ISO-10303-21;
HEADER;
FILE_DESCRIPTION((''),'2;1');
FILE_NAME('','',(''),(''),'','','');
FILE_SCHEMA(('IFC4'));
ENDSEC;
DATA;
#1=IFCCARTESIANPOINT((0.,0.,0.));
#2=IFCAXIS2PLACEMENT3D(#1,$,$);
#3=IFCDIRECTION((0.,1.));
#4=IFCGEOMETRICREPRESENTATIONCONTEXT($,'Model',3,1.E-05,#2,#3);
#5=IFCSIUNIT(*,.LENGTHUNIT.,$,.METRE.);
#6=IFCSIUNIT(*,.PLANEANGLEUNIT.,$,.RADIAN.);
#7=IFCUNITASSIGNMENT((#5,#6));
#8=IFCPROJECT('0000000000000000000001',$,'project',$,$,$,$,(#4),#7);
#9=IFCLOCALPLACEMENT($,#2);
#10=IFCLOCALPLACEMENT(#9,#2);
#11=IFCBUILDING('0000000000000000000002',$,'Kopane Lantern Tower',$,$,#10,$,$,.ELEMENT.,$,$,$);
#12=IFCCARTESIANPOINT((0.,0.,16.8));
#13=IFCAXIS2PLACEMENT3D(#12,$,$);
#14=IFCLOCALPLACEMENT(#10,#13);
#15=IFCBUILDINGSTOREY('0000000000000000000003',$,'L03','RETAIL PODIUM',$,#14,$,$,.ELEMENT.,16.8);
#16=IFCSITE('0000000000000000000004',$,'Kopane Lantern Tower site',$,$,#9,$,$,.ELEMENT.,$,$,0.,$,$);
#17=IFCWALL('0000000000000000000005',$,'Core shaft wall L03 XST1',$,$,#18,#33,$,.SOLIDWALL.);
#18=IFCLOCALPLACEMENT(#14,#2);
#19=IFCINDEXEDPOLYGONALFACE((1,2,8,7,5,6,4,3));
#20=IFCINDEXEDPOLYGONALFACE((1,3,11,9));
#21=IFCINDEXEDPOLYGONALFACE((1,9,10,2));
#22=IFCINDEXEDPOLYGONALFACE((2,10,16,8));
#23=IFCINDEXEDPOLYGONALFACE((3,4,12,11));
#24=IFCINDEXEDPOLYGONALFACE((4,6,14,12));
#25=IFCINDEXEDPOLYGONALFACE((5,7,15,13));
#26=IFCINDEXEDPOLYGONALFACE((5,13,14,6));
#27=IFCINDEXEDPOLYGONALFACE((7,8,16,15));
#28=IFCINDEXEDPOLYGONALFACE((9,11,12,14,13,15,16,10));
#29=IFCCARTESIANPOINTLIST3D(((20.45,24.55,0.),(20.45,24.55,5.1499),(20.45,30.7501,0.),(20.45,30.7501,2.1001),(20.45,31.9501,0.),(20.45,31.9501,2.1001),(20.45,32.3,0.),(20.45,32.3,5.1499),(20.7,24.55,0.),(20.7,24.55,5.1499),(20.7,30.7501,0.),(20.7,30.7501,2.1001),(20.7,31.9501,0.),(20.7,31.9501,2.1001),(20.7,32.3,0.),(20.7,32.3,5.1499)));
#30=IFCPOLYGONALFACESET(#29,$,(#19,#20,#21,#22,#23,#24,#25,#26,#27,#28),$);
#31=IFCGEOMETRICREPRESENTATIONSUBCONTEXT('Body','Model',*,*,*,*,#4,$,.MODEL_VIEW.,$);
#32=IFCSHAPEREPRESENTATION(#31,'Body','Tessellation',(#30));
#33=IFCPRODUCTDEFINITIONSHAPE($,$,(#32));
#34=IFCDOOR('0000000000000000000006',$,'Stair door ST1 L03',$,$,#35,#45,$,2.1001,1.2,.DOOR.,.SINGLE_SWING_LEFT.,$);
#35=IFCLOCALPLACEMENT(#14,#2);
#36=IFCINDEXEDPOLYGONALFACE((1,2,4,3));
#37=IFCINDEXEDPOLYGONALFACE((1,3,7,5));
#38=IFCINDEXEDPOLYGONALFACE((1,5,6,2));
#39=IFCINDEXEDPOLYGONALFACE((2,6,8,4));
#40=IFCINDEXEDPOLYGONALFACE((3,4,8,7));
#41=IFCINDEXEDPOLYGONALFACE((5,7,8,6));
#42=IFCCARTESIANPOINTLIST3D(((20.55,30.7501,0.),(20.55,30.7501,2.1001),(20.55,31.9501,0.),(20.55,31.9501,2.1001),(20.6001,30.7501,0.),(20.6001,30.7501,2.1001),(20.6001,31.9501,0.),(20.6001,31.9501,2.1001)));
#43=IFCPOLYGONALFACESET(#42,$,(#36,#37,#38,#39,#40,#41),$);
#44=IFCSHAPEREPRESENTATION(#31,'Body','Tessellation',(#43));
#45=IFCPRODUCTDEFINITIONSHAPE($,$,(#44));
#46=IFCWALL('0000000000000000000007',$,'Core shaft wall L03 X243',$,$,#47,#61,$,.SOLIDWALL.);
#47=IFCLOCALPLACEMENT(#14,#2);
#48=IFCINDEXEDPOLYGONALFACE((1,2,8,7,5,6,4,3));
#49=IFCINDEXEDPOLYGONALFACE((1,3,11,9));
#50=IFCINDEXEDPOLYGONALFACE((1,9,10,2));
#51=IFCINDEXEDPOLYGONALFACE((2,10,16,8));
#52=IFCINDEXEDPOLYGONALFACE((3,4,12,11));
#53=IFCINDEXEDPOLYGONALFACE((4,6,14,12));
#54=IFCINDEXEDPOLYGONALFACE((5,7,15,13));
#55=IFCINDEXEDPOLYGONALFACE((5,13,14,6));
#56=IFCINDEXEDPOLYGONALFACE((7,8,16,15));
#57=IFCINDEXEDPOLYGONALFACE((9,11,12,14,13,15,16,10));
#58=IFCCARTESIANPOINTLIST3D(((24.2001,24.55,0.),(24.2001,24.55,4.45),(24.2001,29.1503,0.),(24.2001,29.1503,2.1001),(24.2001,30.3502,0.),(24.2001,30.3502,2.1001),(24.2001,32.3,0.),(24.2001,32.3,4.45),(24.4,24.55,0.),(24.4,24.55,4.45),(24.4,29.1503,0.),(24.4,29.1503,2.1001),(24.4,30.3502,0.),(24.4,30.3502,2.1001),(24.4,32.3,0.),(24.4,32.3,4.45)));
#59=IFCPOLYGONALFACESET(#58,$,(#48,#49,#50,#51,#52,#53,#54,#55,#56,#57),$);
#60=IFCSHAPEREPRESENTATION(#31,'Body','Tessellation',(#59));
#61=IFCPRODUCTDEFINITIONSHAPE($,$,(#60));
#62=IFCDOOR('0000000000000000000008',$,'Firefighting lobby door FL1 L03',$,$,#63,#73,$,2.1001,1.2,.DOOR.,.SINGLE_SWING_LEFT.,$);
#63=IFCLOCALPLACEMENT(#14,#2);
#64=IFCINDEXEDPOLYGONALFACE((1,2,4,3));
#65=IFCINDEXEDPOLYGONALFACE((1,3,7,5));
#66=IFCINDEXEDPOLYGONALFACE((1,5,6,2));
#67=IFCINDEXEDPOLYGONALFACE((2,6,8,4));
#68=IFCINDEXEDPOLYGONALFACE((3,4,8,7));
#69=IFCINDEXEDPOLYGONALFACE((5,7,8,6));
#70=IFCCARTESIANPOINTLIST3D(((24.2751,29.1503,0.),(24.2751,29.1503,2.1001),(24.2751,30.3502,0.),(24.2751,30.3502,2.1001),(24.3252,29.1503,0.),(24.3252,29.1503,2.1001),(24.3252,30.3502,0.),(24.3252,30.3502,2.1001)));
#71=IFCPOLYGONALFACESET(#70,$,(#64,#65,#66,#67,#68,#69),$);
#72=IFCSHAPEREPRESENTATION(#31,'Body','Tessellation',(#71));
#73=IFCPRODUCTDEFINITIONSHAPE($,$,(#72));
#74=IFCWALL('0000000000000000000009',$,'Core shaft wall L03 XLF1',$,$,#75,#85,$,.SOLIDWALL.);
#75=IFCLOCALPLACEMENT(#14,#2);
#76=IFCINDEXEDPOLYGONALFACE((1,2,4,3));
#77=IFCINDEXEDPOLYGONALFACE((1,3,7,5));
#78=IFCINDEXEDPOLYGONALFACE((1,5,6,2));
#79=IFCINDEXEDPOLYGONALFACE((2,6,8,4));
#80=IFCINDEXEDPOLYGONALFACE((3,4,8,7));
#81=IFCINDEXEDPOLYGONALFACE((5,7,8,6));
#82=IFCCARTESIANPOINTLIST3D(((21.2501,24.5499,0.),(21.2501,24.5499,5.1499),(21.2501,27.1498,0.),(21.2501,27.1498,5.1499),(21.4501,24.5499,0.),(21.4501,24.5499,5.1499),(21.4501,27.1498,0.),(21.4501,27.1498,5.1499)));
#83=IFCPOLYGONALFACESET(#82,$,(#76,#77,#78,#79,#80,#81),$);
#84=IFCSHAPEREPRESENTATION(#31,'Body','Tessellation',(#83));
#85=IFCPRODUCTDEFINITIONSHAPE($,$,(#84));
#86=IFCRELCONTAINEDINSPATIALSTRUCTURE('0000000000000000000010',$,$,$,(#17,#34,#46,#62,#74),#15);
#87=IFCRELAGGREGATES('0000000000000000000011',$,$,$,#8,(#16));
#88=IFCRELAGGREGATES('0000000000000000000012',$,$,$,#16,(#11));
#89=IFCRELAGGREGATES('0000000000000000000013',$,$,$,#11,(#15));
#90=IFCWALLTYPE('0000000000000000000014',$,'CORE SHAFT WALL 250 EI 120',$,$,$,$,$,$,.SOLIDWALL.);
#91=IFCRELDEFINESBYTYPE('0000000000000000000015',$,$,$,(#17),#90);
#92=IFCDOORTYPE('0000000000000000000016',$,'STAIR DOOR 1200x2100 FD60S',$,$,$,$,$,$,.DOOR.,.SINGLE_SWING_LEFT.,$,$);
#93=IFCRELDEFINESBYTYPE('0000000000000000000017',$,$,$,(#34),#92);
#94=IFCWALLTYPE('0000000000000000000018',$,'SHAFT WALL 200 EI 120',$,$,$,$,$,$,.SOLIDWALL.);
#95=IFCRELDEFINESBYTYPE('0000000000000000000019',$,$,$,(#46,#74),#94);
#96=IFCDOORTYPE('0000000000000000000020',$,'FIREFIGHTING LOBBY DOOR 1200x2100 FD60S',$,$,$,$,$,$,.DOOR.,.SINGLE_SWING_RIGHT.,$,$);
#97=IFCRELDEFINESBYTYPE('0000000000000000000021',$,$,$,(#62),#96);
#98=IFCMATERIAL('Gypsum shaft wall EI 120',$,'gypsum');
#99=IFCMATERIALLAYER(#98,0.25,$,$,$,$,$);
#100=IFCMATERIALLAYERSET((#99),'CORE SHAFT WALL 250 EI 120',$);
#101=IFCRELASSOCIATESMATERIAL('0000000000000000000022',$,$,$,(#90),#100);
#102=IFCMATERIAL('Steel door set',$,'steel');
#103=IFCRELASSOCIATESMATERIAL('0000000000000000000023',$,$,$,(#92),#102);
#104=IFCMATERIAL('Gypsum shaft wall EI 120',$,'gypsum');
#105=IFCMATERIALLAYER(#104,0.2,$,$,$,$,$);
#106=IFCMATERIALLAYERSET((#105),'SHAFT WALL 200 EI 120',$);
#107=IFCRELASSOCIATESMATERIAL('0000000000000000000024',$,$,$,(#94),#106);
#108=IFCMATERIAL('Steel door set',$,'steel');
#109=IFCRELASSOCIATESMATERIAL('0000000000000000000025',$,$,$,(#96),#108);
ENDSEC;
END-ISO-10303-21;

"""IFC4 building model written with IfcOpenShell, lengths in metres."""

from ifc_helpers import new_model, si_unit, direction, frame, frame_2d, origin, place, context, subcontext, project, spatial, rectangle, extrude, material, layer, layer_set, type_object, element, fill, save


model = new_model("IFC4")

# Units and contexts
model_context = context("Model", 3, precision=1e-05, world=origin(), true_north=direction((0.0, 1.0)))
body_context = subcontext(model_context, "Body", "Model", "MODEL_VIEW")
ifc_project = project(units=[si_unit("LENGTHUNIT", "METRE"), si_unit("PLANEANGLEUNIT", "RADIAN")], contexts=[model_context])

# Site, building, storey
site_placement = place(None, origin())
site = spatial("IfcSite", under=ifc_project, at=site_placement, Name="Kopane Lantern Tower site", CompositionType="ELEMENT", RefElevation=0.0)
building_placement = place(site_placement, origin())
building = spatial("IfcBuilding", under=site, at=building_placement, Name="Kopane Lantern Tower", CompositionType="ELEMENT")
storey_placement = place(building_placement, frame((0.0, 0.0, 16.8)))
storey = spatial("IfcBuildingStorey", under=building, at=storey_placement, Name="L03", Description="RETAIL PODIUM", CompositionType="ELEMENT", Elevation=16.8)

# Walls, openings, doors
ifc_material_1 = material(Name="Gypsum shaft wall EI 120", Category="gypsum")
ifc_layer_1 = layer(ifc_material_1, 0.25)
ifc_layer_set_1 = layer_set([ifc_layer_1], Name="CORE SHAFT WALL 250 EI 120")
wall_type_1 = type_object("IfcWallType", Name="CORE SHAFT WALL 250 EI 120", PredefinedType="SOLIDWALL", material=ifc_layer_set_1)
wall_1_placement = place(storey_placement, frame((20.575, 24.55, 0.0), z_axis=(0.0, 0.0, 1.0), x_axis=(0.0, 1.0, 0.0)))
wall_1 = element("IfcWall", 1, at=wall_1_placement, inside=storey, type_object=wall_type_1, Name="Core shaft wall L03 XST1", PredefinedType="SOLIDWALL", context=body_context, shape_type="SweptSolid", body=[
    extrude(rectangle(XDim=7.75, YDim=0.25, at=frame_2d((3.875, 0.0))), origin(), (0.0, 0.0, 1.0), 5.1499),
])
opening_1_placement = place(wall_1_placement, frame((6.2, 0.0, 0.0)))
opening_1 = element("IfcOpeningElement", 2, at=opening_1_placement, cuts=wall_1, PredefinedType="OPENING", context=body_context, shape_type="SweptSolid", body=[
    extrude(rectangle(XDim=1.2, YDim=2.1001, at=frame_2d((0.6001, 1.05))), frame((0.0, 0.135, 0.0), z_axis=(0.0, -1.0, 0.0), x_axis=(1.0, 0.0, 0.0)), (0.0, 0.0, 1.0), 0.27),
])
ifc_material_2 = material(Name="Steel door set", Category="steel")
door_type_1 = type_object("IfcDoorType", Name="STAIR DOOR 1200x2100 FD60S", OperationType="SINGLE_SWING_LEFT", PredefinedType="DOOR", material=ifc_material_2)
door_1_placement = place(opening_1_placement, origin())
door_1 = element("IfcDoor", 3, at=door_1_placement, inside=storey, type_object=door_type_1, Name="Stair door ST1 L03", OperationType="SINGLE_SWING_LEFT", OverallHeight=2.1001, OverallWidth=1.2, PredefinedType="DOOR", context=body_context, shape_type="SweptSolid", body=[
    extrude(rectangle(XDim=1.2, YDim=2.1001, at=frame_2d((0.6001, 1.05))), frame((0.0, 0.0249, 0.0), z_axis=(0.0, -1.0, 0.0), x_axis=(1.0, 0.0, 0.0)), (0.0, 0.0, 1.0), 0.05),
])
fill(opening_1, door_1)
ifc_material_3 = material(Name="Gypsum shaft wall EI 120", Category="gypsum")
ifc_layer_2 = layer(ifc_material_3, 0.2)
ifc_layer_set_2 = layer_set([ifc_layer_2], Name="SHAFT WALL 200 EI 120")
wall_type_2 = type_object("IfcWallType", Name="SHAFT WALL 200 EI 120", PredefinedType="SOLIDWALL", material=ifc_layer_set_2)
wall_2_placement = place(storey_placement, frame((24.3, 24.55, 0.0), z_axis=(0.0, 0.0, 1.0), x_axis=(0.0, 1.0, 0.0)))
wall_2 = element("IfcWall", 4, at=wall_2_placement, inside=storey, type_object=wall_type_2, Name="Core shaft wall L03 X243", PredefinedType="SOLIDWALL", context=body_context, shape_type="SweptSolid", body=[
    extrude(rectangle(XDim=7.75, YDim=0.2, at=frame_2d((3.875, 0.0))), origin(), (0.0, 0.0, 1.0), 4.45),
])
opening_2_placement = place(wall_2_placement, frame((4.6001, 0.0, 0.0)))
opening_2 = element("IfcOpeningElement", 5, at=opening_2_placement, cuts=wall_2, PredefinedType="OPENING", context=body_context, shape_type="SweptSolid", body=[
    extrude(rectangle(XDim=1.2, YDim=2.1001, at=frame_2d((0.6001, 1.05))), frame((0.0, 0.1099, 0.0), z_axis=(0.0, -1.0, 0.0), x_axis=(1.0, 0.0, 0.0)), (0.0, 0.0, 1.0), 0.22),
])
ifc_material_4 = material(Name="Steel door set", Category="steel")
door_type_2 = type_object("IfcDoorType", Name="FIREFIGHTING LOBBY DOOR 1200x2100 FD60S", OperationType="SINGLE_SWING_RIGHT", PredefinedType="DOOR", material=ifc_material_4)
door_2_placement = place(opening_2_placement, origin())
door_2 = element("IfcDoor", 6, at=door_2_placement, inside=storey, type_object=door_type_2, Name="Firefighting lobby door FL1 L03", OperationType="SINGLE_SWING_LEFT", OverallHeight=2.1001, OverallWidth=1.2, PredefinedType="DOOR", context=body_context, shape_type="SweptSolid", body=[
    extrude(rectangle(XDim=1.2, YDim=2.1001, at=frame_2d((0.6001, 1.05))), frame((0.0, 0.0249, 0.0), z_axis=(0.0, -1.0, 0.0), x_axis=(1.0, 0.0, 0.0)), (0.0, 0.0, 1.0), 0.05),
])
fill(opening_2, door_2)

# Wall
wall_3_placement = place(storey_placement, frame((21.3501, 24.55, 0.0), z_axis=(0.0, 0.0, 1.0), x_axis=(0.0, 1.0, 0.0)))
element("IfcWall", 7, at=wall_3_placement, inside=storey, type_object=wall_type_2, Name="Core shaft wall L03 XLF1", PredefinedType="SOLIDWALL", context=body_context, shape_type="SweptSolid", body=[
    extrude(rectangle(XDim=2.5999, YDim=0.2, at=frame_2d((1.2998, 0.0))), origin(), (0.0, 0.0, 1.0), 5.1499),
])

save(model, "model.ifc")
